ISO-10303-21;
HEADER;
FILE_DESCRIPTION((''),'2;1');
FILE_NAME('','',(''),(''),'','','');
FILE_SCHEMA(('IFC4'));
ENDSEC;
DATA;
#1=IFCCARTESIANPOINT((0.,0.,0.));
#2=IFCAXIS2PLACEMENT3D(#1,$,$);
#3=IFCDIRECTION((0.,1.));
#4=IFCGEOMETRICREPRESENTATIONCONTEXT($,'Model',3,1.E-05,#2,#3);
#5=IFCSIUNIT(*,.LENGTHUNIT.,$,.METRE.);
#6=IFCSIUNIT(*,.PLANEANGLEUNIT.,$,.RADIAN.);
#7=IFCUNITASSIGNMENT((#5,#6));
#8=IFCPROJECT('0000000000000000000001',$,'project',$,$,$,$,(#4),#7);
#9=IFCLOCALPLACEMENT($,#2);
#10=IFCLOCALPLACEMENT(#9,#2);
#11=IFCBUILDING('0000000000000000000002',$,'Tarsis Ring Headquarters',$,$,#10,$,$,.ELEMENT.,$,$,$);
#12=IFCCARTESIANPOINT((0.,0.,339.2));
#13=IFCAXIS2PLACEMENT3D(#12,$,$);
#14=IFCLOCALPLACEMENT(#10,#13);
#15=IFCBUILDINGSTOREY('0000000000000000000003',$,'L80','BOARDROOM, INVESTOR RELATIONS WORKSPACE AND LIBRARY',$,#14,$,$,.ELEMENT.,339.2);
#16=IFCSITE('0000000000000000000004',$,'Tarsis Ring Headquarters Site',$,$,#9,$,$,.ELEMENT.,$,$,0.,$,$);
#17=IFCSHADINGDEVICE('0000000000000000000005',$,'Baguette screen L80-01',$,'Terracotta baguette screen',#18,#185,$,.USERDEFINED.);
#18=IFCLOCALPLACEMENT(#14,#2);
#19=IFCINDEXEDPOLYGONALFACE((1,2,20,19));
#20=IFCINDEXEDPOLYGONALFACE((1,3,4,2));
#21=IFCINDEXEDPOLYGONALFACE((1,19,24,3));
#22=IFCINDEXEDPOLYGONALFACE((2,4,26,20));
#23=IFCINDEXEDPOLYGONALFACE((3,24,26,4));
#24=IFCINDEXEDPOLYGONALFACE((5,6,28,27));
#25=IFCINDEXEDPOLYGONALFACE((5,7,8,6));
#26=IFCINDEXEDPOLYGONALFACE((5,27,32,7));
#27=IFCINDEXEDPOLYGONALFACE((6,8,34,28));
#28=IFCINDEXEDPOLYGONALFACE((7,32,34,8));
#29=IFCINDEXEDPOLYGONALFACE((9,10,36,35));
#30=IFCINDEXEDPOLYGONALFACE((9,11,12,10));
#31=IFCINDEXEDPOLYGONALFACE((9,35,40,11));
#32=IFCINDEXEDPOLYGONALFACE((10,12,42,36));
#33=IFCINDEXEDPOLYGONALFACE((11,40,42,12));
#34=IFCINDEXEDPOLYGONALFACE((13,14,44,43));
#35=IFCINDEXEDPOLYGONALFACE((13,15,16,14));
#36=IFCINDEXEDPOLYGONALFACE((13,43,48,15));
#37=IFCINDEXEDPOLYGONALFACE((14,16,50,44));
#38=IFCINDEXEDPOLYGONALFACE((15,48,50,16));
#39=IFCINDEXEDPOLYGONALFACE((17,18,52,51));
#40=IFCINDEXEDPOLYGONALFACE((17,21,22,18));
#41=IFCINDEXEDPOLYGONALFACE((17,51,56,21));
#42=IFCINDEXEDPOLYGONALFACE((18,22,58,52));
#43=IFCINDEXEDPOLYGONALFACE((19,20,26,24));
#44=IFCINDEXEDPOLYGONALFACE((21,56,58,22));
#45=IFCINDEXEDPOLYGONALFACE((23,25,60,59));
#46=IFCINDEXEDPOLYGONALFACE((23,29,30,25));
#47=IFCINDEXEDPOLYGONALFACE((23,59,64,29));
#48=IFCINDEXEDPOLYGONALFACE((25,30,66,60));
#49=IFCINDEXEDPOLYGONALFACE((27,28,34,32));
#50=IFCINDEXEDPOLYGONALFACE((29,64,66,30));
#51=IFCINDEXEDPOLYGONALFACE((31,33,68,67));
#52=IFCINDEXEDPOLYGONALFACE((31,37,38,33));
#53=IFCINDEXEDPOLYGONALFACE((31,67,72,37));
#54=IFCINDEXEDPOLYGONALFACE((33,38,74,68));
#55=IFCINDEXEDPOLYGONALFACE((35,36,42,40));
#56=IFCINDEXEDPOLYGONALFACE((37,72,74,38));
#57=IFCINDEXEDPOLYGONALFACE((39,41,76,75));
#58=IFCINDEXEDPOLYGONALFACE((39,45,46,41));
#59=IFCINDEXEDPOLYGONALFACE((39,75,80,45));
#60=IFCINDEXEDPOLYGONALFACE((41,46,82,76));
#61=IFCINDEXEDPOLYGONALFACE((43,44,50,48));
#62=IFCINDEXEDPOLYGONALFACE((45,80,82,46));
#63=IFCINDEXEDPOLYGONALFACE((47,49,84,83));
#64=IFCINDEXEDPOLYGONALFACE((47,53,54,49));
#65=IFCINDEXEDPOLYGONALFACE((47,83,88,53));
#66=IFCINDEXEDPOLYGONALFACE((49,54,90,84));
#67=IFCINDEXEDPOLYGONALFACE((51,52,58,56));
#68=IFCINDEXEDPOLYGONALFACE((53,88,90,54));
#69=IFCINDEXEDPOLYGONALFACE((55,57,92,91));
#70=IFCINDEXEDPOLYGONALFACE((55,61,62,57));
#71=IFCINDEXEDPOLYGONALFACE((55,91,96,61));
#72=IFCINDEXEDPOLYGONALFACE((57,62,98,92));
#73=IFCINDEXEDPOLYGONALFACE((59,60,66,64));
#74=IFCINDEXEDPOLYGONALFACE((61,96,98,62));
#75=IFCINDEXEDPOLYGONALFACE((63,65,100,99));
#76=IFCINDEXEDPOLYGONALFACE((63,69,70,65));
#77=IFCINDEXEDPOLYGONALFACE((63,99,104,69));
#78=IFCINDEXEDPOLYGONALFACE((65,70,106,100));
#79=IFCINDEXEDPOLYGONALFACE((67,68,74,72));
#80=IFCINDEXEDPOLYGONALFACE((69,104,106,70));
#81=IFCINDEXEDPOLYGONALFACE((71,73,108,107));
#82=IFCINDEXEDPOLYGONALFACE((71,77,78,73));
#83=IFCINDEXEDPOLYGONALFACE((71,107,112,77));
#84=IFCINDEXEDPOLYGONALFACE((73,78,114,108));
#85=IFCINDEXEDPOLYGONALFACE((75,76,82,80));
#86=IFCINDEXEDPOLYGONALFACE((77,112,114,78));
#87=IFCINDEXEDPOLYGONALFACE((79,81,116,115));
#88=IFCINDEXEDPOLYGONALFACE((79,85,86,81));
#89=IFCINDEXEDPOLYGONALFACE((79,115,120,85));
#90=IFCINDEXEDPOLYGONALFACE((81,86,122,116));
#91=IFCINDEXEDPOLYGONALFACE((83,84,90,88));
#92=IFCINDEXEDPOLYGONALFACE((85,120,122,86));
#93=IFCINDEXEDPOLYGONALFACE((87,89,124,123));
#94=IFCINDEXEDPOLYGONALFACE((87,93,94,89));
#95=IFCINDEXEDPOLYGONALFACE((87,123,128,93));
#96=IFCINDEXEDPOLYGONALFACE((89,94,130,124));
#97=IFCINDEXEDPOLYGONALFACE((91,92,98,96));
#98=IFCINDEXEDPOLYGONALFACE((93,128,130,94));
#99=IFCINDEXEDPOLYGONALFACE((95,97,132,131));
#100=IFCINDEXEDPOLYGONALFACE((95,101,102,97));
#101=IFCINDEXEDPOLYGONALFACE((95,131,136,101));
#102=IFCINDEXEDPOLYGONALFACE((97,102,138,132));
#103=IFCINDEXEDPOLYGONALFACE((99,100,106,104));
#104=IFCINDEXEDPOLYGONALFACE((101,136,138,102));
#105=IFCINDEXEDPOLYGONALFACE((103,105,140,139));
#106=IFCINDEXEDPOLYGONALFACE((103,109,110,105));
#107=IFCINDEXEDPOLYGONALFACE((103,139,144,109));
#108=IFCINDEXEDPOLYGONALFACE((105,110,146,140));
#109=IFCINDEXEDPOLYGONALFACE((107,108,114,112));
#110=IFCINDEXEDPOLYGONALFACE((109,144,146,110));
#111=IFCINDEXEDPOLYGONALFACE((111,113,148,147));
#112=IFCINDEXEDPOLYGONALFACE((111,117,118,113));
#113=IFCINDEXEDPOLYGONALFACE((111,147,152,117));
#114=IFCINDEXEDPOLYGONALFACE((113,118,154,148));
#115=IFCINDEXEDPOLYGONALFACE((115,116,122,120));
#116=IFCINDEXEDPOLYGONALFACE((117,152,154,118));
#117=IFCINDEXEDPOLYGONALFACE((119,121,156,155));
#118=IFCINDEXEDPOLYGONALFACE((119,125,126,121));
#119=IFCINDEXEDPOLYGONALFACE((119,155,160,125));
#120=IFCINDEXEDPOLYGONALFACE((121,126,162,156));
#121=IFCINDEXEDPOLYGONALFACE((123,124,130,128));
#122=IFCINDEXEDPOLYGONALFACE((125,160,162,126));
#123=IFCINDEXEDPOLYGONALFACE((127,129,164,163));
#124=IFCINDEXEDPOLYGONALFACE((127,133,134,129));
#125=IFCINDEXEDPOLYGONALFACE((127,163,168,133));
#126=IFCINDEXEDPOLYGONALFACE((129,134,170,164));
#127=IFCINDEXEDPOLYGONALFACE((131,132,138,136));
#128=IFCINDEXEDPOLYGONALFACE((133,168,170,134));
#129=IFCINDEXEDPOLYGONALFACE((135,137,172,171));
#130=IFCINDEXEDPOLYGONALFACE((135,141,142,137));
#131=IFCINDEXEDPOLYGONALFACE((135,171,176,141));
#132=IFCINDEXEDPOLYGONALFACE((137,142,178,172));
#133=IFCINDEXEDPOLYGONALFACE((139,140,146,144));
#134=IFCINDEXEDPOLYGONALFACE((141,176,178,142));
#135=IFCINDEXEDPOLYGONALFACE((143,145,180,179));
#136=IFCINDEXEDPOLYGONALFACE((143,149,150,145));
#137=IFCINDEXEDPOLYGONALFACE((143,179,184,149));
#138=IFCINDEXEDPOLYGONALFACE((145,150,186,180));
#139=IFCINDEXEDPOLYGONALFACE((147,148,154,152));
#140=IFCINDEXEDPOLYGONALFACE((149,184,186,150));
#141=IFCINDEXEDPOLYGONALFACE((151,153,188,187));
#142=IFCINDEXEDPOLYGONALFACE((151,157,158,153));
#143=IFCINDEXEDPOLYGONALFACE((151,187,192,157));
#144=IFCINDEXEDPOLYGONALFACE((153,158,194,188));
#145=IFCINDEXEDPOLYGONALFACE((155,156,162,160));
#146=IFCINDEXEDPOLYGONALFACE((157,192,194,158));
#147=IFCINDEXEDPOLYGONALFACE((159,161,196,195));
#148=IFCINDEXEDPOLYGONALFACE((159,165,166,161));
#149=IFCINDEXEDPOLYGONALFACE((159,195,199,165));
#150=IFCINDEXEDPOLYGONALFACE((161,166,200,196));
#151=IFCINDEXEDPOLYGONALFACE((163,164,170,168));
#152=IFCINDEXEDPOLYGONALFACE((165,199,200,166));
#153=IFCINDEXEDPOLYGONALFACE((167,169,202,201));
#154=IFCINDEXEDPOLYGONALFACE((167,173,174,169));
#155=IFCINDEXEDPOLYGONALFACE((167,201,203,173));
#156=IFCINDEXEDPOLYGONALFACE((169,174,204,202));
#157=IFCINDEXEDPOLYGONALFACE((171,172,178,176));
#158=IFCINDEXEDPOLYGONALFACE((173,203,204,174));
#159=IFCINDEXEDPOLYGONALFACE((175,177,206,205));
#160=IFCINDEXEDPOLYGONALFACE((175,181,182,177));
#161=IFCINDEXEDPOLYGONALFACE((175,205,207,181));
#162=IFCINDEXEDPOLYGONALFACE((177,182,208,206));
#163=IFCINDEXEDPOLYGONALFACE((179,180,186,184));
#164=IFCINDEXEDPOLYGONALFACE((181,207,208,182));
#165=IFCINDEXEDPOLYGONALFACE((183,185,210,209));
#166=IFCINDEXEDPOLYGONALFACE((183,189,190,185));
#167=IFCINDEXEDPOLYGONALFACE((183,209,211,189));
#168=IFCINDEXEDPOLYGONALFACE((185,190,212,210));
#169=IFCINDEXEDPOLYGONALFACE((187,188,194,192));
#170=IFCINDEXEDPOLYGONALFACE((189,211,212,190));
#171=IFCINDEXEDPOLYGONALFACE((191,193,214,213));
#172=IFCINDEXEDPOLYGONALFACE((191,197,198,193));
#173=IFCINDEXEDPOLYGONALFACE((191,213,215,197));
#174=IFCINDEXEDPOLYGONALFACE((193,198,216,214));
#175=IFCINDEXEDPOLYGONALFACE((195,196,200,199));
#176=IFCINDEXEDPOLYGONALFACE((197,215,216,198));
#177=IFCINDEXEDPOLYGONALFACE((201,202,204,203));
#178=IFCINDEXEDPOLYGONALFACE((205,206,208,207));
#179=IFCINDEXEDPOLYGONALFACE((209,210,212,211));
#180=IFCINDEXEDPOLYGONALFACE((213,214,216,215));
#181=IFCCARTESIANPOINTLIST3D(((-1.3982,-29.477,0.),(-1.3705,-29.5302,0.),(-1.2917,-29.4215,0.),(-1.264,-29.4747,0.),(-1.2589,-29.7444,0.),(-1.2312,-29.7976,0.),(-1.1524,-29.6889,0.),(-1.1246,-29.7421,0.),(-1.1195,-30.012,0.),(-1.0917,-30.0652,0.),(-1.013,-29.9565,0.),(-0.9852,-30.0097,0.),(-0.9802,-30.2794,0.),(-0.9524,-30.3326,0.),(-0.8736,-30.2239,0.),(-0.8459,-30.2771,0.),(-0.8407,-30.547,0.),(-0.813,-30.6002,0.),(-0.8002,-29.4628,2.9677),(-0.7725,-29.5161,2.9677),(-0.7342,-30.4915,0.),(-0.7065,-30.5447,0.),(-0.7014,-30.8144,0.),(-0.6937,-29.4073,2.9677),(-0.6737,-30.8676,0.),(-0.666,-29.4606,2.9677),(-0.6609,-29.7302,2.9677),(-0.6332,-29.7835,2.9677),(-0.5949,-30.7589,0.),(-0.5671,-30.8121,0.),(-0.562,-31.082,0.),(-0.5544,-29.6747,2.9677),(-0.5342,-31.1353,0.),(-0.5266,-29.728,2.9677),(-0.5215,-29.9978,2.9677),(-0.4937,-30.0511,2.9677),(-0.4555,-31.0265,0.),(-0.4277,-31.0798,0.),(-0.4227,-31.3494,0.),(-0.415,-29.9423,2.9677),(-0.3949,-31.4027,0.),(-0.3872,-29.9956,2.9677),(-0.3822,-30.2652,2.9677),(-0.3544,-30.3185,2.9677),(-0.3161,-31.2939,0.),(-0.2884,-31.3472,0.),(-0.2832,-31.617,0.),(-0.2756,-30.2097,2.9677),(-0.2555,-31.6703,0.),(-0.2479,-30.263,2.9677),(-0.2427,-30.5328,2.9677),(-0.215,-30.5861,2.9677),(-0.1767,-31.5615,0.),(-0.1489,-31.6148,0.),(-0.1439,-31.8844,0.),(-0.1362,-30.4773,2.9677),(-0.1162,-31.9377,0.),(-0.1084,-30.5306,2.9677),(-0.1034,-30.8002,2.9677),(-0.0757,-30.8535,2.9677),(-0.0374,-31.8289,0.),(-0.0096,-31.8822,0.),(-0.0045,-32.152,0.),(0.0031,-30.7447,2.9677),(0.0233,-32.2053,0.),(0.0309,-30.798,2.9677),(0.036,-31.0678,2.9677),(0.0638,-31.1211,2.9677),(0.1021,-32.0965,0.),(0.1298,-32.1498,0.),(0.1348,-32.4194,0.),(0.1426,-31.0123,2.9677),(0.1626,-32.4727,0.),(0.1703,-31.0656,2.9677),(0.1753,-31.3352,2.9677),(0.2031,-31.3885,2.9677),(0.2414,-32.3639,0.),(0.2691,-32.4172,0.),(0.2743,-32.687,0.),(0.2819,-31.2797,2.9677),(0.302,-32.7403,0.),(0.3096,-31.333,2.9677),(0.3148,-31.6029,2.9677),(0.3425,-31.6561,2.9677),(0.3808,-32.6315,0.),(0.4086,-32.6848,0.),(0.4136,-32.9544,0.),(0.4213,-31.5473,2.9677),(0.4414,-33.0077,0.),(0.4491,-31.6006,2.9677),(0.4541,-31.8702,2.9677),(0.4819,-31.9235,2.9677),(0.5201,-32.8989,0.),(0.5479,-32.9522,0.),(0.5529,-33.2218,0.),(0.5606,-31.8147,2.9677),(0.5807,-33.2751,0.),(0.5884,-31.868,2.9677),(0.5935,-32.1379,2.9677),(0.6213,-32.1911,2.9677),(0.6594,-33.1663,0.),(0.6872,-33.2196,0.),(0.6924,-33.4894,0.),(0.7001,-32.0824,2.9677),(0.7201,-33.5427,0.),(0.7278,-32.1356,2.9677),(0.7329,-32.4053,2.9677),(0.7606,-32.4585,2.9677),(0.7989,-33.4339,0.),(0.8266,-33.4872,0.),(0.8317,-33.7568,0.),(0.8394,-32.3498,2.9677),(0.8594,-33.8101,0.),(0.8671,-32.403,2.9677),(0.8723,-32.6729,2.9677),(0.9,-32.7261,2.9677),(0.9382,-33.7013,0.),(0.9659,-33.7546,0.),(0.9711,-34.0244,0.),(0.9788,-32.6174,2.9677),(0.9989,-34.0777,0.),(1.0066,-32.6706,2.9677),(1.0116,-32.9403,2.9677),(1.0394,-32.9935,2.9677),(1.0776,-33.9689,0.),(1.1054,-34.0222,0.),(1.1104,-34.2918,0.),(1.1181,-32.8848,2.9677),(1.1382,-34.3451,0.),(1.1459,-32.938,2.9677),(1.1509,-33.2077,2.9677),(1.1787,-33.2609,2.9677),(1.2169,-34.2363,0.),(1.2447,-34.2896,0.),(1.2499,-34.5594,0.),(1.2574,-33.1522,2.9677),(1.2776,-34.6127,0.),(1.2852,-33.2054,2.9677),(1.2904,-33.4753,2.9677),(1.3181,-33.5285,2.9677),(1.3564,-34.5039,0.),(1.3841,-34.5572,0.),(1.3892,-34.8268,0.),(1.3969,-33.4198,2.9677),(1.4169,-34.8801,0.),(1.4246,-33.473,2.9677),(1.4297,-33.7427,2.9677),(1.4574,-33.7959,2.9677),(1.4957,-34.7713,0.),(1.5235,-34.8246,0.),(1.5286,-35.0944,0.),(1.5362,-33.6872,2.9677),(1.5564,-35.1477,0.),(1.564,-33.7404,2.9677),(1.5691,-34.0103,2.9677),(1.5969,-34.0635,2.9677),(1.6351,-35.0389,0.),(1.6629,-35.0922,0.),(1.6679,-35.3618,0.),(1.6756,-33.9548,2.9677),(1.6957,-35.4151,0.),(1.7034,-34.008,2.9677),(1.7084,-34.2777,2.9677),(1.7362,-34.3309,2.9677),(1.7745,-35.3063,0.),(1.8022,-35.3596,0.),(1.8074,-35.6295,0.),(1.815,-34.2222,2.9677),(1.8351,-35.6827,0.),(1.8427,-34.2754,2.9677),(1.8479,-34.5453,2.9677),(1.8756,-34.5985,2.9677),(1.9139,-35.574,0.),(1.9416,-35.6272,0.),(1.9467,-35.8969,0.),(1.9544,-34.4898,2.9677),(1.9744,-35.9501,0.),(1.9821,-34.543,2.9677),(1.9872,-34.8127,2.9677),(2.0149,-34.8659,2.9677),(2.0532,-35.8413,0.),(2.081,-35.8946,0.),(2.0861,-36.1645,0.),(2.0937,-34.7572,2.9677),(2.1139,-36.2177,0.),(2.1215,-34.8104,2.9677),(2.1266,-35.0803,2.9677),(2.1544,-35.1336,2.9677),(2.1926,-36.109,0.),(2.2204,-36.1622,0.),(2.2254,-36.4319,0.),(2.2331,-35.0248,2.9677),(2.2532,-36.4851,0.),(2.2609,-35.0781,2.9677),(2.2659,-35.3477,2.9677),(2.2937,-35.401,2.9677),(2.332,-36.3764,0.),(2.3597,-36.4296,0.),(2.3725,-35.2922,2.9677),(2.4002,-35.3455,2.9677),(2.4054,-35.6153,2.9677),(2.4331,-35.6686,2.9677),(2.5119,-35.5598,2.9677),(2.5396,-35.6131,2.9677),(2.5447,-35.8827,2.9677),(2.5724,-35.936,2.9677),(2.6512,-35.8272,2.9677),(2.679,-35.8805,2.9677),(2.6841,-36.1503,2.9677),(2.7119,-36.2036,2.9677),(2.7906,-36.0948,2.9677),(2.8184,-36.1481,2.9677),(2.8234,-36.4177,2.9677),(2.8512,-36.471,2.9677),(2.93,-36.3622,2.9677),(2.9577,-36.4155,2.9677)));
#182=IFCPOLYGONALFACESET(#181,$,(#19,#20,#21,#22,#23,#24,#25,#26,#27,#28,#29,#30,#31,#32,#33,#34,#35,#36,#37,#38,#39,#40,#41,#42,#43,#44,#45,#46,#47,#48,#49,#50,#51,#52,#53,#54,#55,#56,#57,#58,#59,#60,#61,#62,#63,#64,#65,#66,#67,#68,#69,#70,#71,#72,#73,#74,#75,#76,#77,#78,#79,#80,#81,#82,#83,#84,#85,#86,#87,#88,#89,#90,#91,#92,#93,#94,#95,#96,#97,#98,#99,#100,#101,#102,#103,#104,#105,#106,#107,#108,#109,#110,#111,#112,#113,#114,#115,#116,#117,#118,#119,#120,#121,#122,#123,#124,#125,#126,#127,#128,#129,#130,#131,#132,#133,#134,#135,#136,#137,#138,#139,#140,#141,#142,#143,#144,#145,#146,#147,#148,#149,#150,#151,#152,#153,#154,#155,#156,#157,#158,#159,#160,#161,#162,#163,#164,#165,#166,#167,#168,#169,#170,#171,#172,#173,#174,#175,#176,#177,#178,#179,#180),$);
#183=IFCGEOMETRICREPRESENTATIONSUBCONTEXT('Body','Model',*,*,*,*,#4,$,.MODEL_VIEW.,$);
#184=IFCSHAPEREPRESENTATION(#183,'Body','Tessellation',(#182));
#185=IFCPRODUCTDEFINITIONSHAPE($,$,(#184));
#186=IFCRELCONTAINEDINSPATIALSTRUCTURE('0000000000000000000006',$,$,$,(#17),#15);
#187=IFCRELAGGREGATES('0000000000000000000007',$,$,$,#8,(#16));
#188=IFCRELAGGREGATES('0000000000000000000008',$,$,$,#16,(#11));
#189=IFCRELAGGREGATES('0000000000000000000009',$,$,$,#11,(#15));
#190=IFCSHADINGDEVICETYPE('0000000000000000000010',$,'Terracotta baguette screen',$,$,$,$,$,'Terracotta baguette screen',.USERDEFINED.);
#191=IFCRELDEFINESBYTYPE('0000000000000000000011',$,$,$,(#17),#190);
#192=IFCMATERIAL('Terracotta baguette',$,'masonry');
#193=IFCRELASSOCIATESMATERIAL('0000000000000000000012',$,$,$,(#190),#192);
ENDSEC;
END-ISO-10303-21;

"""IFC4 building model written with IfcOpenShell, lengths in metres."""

from ifc_helpers import new_model, si_unit, direction, frame, frame_2d, origin, place, context, subcontext, project, spatial, rectangle, composite_profile, extrude, material, type_object, element, save


model = new_model("IFC4")

# Units and contexts
model_context = context("Model", 3, precision=1e-05, world=origin(), true_north=direction((0.0, 1.0)))
body_context = subcontext(model_context, "Body", "Model", "MODEL_VIEW")
ifc_project = project(units=[si_unit("LENGTHUNIT", "METRE"), si_unit("PLANEANGLEUNIT", "RADIAN")], contexts=[model_context])

# Site, building, storey
site_placement = place(None, origin())
site = spatial("IfcSite", under=ifc_project, at=site_placement, Name="Tarsis Ring Headquarters Site", CompositionType="ELEMENT", RefElevation=0.0)
building_placement = place(site_placement, origin())
building = spatial("IfcBuilding", under=site, at=building_placement, Name="Tarsis Ring Headquarters", CompositionType="ELEMENT")
storey_placement = place(building_placement, frame((0.0, 0.0, 339.2)))
storey = spatial("IfcBuildingStorey", under=building, at=storey_placement, Name="L80", Description="BOARDROOM, INVESTOR RELATIONS WORKSPACE AND LIBRARY", CompositionType="ELEMENT", Elevation=339.2)

# Shading device
ifc_material_1 = material(Name="Terracotta baguette", Category="masonry")
shading_device_type = type_object("IfcShadingDeviceType", Name="Terracotta baguette screen", ElementType="Terracotta baguette screen", PredefinedType="USERDEFINED", material=ifc_material_1)
shading_device_1_placement = place(storey_placement, frame((-1.345, -29.4492, 0.0), z_axis=(0.0, 0.0, 1.0), x_axis=(0.462061, -0.886833, 0.0)))
element("IfcShadingDevice", 1, at=shading_device_1_placement, inside=storey, type_object=shading_device_type, Name="Baguette screen L80-01", ObjectType="Terracotta baguette screen", PredefinedType="USERDEFINED", context=body_context, shape_type="SweptSolid", body=[
    extrude(composite_profile([rectangle(XDim=0.0601, YDim=0.1201, at=frame_2d((0.03, 0.0))), rectangle(XDim=0.0601, YDim=0.1201, at=frame_2d((0.3315, 0.0))), rectangle(XDim=0.0601, YDim=0.1201, at=frame_2d((0.6333, 0.0))), rectangle(XDim=0.0601, YDim=0.1201, at=frame_2d((0.9348, 0.0))), rectangle(XDim=0.0601, YDim=0.1201, at=frame_2d((1.2366, 0.0))), rectangle(XDim=0.0601, YDim=0.1201, at=frame_2d((1.5381, 0.0))), rectangle(XDim=0.0601, YDim=0.1201, at=frame_2d((1.8398, 0.0))), rectangle(XDim=0.0601, YDim=0.1201, at=frame_2d((2.1414, 0.0))), rectangle(XDim=0.0601, YDim=0.1201, at=frame_2d((2.4431, 0.0))), rectangle(XDim=0.0601, YDim=0.1201, at=frame_2d((2.7446, 0.0))), rectangle(XDim=0.0601, YDim=0.1201, at=frame_2d((3.0464, 0.0))), rectangle(XDim=0.0601, YDim=0.1201, at=frame_2d((3.3479, 0.0))), rectangle(XDim=0.0601, YDim=0.1201, at=frame_2d((3.6497, 0.0))), rectangle(XDim=0.0601, YDim=0.1201, at=frame_2d((3.9512, 0.0))), rectangle(XDim=0.0601, YDim=0.1201, at=frame_2d((4.2527, 0.0))), rectangle(XDim=0.0601, YDim=0.1201, at=frame_2d((4.5544, 0.0))), rectangle(XDim=0.0601, YDim=0.1201, at=frame_2d((4.856, 0.0))), rectangle(XDim=0.0601, YDim=0.1201, at=frame_2d((5.1577, 0.0))), rectangle(XDim=0.0601, YDim=0.1201, at=frame_2d((5.4592, 0.0))), rectangle(XDim=0.0601, YDim=0.1201, at=frame_2d((5.761, 0.0))), rectangle(XDim=0.0601, YDim=0.1201, at=frame_2d((6.0625, 0.0))), rectangle(XDim=0.0601, YDim=0.1201, at=frame_2d((6.3643, 0.0))), rectangle(XDim=0.0601, YDim=0.1201, at=frame_2d((6.6658, 0.0))), rectangle(XDim=0.0601, YDim=0.1201, at=frame_2d((6.9675, 0.0))), rectangle(XDim=0.0601, YDim=0.1201, at=frame_2d((7.269, 0.0))), rectangle(XDim=0.0601, YDim=0.1201, at=frame_2d((7.5708, 0.0))), rectangle(XDim=0.0601, YDim=0.1201, at=frame_2d((7.8723, 0.0)))]), origin(), (0.087128, 0.177343, 0.980285), 3.0273),
])

save(model, "model.ifc")
